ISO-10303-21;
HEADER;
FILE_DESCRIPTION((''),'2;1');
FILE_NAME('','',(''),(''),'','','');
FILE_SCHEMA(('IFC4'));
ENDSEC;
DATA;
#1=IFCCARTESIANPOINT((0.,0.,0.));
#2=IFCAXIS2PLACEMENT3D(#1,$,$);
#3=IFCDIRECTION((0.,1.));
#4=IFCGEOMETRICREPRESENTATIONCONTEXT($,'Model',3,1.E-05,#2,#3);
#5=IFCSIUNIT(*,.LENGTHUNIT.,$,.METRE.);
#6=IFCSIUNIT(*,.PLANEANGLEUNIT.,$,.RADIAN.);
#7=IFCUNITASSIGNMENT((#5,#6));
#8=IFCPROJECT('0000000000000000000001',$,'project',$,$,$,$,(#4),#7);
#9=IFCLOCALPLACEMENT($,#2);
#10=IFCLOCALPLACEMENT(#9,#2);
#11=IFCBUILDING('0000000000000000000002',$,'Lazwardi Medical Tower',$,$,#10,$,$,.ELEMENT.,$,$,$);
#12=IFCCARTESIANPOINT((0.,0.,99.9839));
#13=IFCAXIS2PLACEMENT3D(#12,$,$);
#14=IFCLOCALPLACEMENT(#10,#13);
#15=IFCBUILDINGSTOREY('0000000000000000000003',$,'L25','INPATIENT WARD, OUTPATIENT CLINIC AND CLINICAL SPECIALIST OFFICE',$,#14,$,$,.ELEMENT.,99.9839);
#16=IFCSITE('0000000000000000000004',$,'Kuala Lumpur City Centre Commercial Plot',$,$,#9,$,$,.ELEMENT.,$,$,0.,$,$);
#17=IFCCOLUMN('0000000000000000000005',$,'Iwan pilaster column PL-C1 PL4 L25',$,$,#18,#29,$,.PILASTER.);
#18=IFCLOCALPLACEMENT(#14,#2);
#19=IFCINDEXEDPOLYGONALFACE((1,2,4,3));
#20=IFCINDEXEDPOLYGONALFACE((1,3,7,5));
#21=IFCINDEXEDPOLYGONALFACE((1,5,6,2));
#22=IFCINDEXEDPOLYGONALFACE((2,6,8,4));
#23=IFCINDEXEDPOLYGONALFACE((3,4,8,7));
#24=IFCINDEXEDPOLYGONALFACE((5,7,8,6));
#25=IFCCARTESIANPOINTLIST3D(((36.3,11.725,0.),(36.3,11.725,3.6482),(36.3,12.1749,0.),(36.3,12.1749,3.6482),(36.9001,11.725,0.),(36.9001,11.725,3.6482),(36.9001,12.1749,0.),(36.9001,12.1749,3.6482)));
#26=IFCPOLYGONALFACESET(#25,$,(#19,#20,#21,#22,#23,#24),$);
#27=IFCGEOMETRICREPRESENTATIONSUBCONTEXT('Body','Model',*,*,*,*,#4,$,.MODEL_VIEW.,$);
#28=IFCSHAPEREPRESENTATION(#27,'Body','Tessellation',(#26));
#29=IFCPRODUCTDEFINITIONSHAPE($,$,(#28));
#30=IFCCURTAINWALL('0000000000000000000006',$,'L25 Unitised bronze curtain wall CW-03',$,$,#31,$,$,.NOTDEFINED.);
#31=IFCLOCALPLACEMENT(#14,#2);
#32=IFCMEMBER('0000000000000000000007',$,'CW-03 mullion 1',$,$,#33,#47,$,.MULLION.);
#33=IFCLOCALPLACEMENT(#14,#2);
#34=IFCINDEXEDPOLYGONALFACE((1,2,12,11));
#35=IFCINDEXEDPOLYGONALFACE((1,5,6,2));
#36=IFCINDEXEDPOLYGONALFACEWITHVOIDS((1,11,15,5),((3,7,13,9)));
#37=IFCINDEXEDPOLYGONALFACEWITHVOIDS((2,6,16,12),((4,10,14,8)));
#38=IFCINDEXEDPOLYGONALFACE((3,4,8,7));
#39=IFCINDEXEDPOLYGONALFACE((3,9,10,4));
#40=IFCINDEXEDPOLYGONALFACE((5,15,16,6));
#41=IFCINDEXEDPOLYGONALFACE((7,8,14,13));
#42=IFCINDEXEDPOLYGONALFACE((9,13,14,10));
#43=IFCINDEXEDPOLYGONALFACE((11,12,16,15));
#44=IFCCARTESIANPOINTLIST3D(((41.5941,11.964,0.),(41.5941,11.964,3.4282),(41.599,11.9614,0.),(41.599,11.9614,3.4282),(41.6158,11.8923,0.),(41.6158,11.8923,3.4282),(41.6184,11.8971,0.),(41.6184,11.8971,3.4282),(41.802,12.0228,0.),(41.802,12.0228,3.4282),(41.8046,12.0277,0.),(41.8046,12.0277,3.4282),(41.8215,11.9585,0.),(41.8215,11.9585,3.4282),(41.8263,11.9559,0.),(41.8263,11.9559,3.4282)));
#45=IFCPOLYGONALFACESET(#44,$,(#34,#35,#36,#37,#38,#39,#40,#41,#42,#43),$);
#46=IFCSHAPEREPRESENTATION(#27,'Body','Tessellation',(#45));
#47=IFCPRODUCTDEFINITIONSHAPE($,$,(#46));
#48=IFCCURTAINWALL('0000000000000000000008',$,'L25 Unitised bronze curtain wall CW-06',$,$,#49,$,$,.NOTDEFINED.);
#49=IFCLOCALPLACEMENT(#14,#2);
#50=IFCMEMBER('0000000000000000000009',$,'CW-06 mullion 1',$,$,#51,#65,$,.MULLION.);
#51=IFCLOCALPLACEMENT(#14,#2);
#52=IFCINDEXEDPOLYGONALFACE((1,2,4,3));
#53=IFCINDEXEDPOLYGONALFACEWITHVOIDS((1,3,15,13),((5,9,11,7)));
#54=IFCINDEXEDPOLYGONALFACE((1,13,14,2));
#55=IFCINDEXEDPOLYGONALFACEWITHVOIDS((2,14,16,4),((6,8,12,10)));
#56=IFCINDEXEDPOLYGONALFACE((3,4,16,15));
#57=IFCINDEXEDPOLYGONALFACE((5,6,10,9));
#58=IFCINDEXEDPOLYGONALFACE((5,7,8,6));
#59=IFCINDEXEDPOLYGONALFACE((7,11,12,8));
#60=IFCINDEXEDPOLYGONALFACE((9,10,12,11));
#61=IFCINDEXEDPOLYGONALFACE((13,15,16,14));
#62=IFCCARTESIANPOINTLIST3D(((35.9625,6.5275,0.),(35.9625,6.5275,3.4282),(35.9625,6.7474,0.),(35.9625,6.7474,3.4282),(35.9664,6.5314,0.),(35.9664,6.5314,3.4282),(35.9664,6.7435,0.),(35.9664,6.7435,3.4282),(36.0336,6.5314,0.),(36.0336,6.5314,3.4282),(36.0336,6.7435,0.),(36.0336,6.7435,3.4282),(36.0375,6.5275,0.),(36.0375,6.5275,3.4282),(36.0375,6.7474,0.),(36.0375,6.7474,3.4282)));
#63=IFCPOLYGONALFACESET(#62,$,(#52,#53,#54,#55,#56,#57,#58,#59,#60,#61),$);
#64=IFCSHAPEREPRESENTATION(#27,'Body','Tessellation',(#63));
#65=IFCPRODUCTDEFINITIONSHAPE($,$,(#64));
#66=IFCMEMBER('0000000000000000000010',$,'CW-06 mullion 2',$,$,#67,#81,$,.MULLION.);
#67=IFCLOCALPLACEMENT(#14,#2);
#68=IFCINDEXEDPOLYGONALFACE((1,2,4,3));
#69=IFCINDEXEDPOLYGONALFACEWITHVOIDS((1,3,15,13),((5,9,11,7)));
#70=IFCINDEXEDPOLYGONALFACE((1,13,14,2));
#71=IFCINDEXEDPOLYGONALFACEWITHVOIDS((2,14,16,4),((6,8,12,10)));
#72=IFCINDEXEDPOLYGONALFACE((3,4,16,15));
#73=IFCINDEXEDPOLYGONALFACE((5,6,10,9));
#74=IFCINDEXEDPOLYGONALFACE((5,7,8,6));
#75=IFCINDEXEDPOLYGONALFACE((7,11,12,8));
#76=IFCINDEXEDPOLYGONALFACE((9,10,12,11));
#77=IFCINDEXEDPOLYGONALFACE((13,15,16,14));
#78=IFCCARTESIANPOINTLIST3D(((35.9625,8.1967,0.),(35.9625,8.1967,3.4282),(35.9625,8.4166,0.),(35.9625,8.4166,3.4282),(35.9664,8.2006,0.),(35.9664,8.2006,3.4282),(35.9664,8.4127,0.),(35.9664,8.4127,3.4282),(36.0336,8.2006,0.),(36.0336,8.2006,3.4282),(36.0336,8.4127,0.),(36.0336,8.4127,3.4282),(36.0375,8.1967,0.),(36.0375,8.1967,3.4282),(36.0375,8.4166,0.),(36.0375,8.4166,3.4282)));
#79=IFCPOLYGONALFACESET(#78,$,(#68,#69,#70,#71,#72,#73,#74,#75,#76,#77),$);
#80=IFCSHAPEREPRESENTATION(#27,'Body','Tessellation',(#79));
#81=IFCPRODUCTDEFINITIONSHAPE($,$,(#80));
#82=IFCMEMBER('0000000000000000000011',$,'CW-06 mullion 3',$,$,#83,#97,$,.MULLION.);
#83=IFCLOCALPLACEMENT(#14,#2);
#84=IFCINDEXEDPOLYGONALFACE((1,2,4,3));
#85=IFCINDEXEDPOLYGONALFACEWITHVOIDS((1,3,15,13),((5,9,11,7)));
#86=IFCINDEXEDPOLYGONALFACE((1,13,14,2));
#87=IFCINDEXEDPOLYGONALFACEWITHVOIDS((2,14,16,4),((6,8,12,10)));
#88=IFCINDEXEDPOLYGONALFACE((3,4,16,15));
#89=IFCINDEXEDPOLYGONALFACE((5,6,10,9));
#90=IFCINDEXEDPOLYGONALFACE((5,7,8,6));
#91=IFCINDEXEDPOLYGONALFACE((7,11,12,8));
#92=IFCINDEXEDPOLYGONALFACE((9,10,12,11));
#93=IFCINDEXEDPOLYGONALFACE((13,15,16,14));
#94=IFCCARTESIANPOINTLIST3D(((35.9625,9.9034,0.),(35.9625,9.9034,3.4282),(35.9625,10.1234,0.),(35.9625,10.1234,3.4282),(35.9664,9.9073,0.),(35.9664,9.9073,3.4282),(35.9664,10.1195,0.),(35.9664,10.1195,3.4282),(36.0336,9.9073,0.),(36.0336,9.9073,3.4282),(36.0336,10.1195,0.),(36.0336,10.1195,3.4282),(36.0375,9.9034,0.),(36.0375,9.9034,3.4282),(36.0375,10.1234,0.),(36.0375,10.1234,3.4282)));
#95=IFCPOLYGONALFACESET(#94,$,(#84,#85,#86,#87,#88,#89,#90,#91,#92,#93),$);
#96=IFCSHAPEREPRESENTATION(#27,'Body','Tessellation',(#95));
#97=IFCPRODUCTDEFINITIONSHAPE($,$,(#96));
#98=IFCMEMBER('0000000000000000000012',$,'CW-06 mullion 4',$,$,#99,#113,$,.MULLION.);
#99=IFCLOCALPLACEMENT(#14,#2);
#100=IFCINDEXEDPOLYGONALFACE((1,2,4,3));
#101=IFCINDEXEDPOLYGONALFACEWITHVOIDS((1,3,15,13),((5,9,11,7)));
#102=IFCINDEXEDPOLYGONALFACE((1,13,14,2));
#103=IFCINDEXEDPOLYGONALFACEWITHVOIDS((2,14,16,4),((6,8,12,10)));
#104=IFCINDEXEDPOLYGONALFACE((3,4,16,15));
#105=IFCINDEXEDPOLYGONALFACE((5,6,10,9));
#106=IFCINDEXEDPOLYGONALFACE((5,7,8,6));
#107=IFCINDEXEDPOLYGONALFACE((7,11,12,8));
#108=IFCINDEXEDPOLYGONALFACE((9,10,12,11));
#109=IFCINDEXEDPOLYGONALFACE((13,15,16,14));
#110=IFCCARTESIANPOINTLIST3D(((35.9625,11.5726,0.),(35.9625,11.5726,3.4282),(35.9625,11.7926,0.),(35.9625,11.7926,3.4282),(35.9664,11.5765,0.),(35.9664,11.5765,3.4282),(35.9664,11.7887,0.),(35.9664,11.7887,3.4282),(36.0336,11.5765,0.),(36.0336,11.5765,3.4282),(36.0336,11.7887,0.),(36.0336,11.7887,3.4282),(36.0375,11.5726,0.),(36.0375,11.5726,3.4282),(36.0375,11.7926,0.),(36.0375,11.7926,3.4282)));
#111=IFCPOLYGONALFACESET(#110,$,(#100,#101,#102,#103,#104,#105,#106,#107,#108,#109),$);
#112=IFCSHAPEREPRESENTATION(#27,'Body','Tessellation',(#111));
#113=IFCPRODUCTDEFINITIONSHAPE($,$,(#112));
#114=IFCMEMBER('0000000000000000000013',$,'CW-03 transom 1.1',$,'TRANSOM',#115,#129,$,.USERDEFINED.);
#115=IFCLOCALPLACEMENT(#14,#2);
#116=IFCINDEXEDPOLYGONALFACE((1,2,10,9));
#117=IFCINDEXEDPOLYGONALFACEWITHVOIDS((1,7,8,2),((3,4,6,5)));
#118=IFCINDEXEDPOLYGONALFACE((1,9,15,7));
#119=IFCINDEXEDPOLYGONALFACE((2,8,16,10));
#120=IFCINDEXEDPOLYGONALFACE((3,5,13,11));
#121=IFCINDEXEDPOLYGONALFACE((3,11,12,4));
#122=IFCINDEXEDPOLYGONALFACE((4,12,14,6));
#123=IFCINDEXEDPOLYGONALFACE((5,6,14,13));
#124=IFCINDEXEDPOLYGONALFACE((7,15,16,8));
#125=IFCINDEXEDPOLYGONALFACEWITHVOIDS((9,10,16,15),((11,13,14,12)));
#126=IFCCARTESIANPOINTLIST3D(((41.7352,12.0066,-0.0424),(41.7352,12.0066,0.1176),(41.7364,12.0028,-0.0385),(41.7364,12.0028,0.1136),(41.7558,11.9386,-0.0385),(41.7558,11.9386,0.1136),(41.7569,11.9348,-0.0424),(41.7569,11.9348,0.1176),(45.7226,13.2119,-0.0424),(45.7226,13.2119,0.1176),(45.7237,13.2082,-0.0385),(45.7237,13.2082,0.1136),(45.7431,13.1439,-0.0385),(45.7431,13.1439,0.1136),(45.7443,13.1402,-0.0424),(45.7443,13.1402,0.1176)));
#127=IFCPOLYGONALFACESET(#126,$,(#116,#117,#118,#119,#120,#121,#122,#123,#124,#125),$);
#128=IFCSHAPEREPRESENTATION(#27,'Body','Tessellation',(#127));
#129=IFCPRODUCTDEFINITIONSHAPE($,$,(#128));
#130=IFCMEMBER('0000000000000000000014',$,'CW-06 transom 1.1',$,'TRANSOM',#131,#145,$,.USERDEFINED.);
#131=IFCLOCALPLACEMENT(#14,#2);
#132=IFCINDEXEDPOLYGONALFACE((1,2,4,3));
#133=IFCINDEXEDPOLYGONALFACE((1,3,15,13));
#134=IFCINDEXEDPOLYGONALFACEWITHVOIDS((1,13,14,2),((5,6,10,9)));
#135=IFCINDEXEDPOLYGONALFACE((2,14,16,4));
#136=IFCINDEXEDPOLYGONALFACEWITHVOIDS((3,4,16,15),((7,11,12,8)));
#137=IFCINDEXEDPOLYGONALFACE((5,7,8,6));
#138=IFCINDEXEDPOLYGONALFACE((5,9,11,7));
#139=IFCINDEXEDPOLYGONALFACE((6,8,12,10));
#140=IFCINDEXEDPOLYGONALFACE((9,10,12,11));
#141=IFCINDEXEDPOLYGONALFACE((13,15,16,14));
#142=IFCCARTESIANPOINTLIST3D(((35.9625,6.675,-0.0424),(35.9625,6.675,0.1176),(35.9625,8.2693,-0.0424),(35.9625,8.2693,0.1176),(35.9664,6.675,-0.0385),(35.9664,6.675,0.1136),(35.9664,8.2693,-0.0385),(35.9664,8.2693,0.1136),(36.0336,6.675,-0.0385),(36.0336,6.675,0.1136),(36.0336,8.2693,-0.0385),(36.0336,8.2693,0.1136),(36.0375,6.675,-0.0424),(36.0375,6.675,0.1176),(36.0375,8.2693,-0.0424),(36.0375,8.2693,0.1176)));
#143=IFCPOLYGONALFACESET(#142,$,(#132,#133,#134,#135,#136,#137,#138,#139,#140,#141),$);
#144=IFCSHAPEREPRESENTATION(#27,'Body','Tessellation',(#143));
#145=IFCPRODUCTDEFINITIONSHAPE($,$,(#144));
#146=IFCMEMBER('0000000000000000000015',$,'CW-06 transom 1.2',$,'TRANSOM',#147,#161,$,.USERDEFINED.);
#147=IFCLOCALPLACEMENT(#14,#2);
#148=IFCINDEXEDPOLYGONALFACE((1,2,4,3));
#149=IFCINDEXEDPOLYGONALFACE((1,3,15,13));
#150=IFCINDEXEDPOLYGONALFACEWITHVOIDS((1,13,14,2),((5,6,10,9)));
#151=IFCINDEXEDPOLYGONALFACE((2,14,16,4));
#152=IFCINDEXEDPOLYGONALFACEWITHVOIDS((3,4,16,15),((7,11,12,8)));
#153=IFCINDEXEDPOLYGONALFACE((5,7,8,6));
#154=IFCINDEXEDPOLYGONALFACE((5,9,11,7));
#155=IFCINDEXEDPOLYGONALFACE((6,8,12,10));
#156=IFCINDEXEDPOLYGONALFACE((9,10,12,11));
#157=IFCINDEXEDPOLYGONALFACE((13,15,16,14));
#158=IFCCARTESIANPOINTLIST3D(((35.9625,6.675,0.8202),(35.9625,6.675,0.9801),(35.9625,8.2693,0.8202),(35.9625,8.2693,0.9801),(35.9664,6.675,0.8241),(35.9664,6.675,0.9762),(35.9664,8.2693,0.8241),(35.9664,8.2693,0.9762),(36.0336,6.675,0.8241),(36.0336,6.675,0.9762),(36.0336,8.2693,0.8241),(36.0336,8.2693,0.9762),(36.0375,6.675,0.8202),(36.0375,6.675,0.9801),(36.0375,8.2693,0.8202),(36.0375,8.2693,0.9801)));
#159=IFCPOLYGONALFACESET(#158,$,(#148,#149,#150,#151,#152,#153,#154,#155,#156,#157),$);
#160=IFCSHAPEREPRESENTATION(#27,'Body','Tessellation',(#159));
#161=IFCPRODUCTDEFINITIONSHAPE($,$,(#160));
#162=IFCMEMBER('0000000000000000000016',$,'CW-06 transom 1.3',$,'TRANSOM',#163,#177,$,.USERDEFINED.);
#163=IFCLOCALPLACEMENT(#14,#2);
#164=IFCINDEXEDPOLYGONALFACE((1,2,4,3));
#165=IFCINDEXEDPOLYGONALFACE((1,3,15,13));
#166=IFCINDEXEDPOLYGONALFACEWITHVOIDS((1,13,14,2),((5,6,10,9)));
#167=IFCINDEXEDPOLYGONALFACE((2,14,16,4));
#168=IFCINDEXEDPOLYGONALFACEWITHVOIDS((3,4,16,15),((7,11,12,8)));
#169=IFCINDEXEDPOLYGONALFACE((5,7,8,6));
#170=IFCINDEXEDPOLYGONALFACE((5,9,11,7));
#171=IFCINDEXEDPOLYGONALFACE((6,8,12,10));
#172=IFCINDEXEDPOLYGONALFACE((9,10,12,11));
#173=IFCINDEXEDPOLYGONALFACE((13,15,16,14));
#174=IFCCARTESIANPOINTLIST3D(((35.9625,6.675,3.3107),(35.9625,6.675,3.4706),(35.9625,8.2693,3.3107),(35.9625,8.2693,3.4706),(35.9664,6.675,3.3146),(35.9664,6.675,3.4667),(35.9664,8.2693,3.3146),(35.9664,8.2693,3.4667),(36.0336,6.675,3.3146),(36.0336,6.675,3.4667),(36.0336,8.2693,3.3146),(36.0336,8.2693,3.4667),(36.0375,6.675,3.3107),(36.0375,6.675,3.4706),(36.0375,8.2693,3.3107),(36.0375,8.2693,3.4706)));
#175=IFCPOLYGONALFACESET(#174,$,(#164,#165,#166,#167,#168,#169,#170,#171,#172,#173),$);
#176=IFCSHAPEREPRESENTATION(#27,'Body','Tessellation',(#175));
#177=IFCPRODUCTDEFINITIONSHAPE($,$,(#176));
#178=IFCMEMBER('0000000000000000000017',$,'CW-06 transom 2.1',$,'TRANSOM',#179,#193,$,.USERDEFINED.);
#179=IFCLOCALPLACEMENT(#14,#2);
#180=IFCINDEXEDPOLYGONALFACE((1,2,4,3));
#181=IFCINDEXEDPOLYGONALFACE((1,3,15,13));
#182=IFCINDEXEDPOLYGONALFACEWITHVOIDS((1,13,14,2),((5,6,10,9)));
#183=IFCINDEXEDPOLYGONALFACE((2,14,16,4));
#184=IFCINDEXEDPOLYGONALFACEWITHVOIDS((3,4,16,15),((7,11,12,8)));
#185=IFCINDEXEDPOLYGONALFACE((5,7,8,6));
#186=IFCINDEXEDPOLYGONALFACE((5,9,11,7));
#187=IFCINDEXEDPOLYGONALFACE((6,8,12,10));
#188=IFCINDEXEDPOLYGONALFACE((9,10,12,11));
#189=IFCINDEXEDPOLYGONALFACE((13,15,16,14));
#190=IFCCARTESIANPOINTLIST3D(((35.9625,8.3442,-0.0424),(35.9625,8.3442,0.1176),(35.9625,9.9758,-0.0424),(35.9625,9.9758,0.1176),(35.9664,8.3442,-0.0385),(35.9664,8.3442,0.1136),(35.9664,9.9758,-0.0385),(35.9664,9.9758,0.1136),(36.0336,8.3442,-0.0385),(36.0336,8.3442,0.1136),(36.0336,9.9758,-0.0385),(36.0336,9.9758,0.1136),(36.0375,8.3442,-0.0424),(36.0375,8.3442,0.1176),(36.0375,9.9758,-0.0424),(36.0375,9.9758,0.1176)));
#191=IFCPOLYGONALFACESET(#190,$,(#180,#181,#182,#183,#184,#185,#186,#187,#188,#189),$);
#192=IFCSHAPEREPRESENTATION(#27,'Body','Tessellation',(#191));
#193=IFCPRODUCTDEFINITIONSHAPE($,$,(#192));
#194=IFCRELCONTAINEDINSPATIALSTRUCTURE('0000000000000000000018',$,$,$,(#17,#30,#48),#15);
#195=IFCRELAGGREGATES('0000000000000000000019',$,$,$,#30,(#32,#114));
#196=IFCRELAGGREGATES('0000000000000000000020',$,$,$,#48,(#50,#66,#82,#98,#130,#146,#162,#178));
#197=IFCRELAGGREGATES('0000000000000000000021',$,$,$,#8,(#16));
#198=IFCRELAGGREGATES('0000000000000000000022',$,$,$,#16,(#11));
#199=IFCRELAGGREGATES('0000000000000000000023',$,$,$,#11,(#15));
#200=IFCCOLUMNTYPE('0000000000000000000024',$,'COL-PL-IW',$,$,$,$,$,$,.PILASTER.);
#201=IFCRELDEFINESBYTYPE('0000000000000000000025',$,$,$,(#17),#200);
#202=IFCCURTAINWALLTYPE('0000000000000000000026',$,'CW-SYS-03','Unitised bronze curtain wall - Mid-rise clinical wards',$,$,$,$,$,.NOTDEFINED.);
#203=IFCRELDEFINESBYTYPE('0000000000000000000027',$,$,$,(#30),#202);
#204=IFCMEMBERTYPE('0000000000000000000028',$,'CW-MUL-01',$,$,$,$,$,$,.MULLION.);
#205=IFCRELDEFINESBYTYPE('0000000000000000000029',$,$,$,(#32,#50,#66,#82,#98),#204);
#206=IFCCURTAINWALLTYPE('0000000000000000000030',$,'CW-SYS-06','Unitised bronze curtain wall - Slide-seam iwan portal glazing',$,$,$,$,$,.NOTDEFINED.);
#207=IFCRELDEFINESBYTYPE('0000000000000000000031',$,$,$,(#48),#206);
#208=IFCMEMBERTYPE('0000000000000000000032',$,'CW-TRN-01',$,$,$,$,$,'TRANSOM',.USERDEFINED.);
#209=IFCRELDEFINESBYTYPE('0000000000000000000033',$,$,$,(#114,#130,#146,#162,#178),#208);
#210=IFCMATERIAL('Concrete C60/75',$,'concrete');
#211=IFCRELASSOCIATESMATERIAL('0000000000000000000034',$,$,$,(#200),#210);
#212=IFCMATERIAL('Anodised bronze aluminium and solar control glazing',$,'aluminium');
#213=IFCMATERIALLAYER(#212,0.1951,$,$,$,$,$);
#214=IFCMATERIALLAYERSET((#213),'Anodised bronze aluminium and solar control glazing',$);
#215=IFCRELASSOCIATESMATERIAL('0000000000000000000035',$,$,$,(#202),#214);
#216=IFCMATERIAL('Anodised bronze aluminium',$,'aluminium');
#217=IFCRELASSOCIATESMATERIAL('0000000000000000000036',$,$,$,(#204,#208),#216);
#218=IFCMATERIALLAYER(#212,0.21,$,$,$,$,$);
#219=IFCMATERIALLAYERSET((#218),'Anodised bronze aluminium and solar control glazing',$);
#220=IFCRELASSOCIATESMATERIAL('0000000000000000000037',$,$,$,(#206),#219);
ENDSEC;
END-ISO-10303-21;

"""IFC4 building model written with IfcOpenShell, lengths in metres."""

from ifc_helpers import new_model, si_unit, direction, frame, origin, origin_2d, place, context, subcontext, project, spatial, rectangle, hollow_rectangle, extrude, material, layer, layer_set, material_profile, profile_set, type_object, element, aggregate, save


model = new_model("IFC4")

# Units and contexts
model_context = context("Model", 3, precision=1e-05, world=origin(), true_north=direction((0.0, 1.0)))
body_context = subcontext(model_context, "Body", "Model", "MODEL_VIEW")
ifc_project = project(units=[si_unit("LENGTHUNIT", "METRE"), si_unit("PLANEANGLEUNIT", "RADIAN")], contexts=[model_context])

# Site, building, storey
site_placement = place(None, origin())
site = spatial("IfcSite", under=ifc_project, at=site_placement, Name="Kuala Lumpur City Centre Commercial Plot", CompositionType="ELEMENT", RefElevation=0.0)
building_placement = place(site_placement, origin())
building = spatial("IfcBuilding", under=site, at=building_placement, Name="Lazwardi Medical Tower", CompositionType="ELEMENT")
storey_placement = place(building_placement, frame((0.0, 0.0, 99.9839)))
storey = spatial("IfcBuildingStorey", under=building, at=storey_placement, Name="L25", Description="INPATIENT WARD, OUTPATIENT CLINIC AND CLINICAL SPECIALIST OFFICE", CompositionType="ELEMENT", Elevation=99.9839)

# Column
ifc_material_1 = material(Name="Concrete C60/75", Category="concrete")
ifc_material_profile_1 = material_profile(ifc_material_1, rectangle(XDim=0.6001, YDim=0.45, at=origin_2d()), Name="RC 600x450")
ifc_profile_set_1 = profile_set([ifc_material_profile_1], Name="Concrete C60/75")
column_type = type_object("IfcColumnType", Name="COL-PL-IW", PredefinedType="PILASTER", material=ifc_profile_set_1)
column_placement = place(storey_placement, frame((36.6001, 11.95, 0.0), z_axis=(0.0, 0.0, 1.0), x_axis=(1.0, 0.0, 0.0)))
element("IfcColumn", 1, at=column_placement, inside=storey, type_object=column_type, Name="Iwan pilaster column PL-C1 PL4 L25", PredefinedType="PILASTER", context=body_context, shape_type="SweptSolid", body=[
    extrude(rectangle(XDim=0.6001, YDim=0.45, at=origin_2d()), origin(), (0.0, 0.0, 1.0), 3.6482),
])

# Curtain wall, member
ifc_material_2 = material(Name="Anodised bronze aluminium and solar control glazing", Category="aluminium")
ifc_layer_1 = layer(ifc_material_2, 0.1951)
ifc_layer_set_1 = layer_set([ifc_layer_1], Name="Anodised bronze aluminium and solar control glazing")
curtain_wall_type_1 = type_object("IfcCurtainWallType", Name="CW-SYS-03", Description="Unitised bronze curtain wall - Mid-rise clinical wards", PredefinedType="NOTDEFINED", material=ifc_layer_set_1)
curtain_wall_1_placement = place(storey_placement, origin())
curtain_wall_1 = element("IfcCurtainWall", 2, at=curtain_wall_1_placement, inside=storey, type_object=curtain_wall_type_1, Name="L25 Unitised bronze curtain wall CW-03", PredefinedType="NOTDEFINED")
ifc_material_3 = material(Name="Anodised bronze aluminium", Category="aluminium")
ifc_material_profile_2 = material_profile(ifc_material_3, hollow_rectangle(XDim=0.075, YDim=0.22, WallThickness=0.0039, at=origin_2d()), Name="ALU-MULLION 220x75x4")
ifc_profile_set_2 = profile_set([ifc_material_profile_2], Name="Anodised bronze aluminium")
member_type_1 = type_object("IfcMemberType", Name="CW-MUL-01", PredefinedType="MULLION", material=ifc_profile_set_2)
member_1_placement = place(storey_placement, frame((41.7102, 11.96, 0.0), z_axis=(0.0, 0.0, 1.0), x_axis=(-0.289374, 0.957216, 0.0)))
member_1 = element("IfcMember", 3, at=member_1_placement, type_object=member_type_1, Name="CW-03 mullion 1", PredefinedType="MULLION", context=body_context, shape_type="SweptSolid", body=[
    extrude(hollow_rectangle(XDim=0.075, YDim=0.22, WallThickness=0.0039, at=origin_2d()), origin(), (0.0, 0.0, 1.0), 3.4282),
])

# Curtain wall, members
ifc_layer_2 = layer(ifc_material_2, 0.21)
ifc_layer_set_2 = layer_set([ifc_layer_2], Name="Anodised bronze aluminium and solar control glazing")
curtain_wall_type_2 = type_object("IfcCurtainWallType", Name="CW-SYS-06", Description="Unitised bronze curtain wall - Slide-seam iwan portal glazing", PredefinedType="NOTDEFINED", material=ifc_layer_set_2)
curtain_wall_2_placement = place(storey_placement, origin())
curtain_wall_2 = element("IfcCurtainWall", 4, at=curtain_wall_2_placement, inside=storey, type_object=curtain_wall_type_2, Name="L25 Unitised bronze curtain wall CW-06", PredefinedType="NOTDEFINED")
member_2_placement = place(storey_placement, frame((36.0, 6.6375, 0.0), z_axis=(0.0, 0.0, 1.0), x_axis=(-1.0, 0.0, 0.0)))
member_2 = element("IfcMember", 5, at=member_2_placement, type_object=member_type_1, Name="CW-06 mullion 1", PredefinedType="MULLION", context=body_context, shape_type="SweptSolid", body=[
    extrude(hollow_rectangle(XDim=0.075, YDim=0.22, WallThickness=0.0039, at=origin_2d()), origin(), (0.0, 0.0, 1.0), 3.4282),
])
member_3_placement = place(storey_placement, frame((36.0, 8.3066, 0.0), z_axis=(0.0, 0.0, 1.0), x_axis=(-1.0, 0.0, 0.0)))
member_3 = element("IfcMember", 6, at=member_3_placement, type_object=member_type_1, Name="CW-06 mullion 2", PredefinedType="MULLION", context=body_context, shape_type="SweptSolid", body=[
    extrude(hollow_rectangle(XDim=0.075, YDim=0.22, WallThickness=0.0039, at=origin_2d()), origin(), (0.0, 0.0, 1.0), 3.4282),
])
member_4_placement = place(storey_placement, frame((36.0, 10.0134, 0.0), z_axis=(0.0, 0.0, 1.0), x_axis=(-1.0, 0.0, 0.0)))
member_4 = element("IfcMember", 7, at=member_4_placement, type_object=member_type_1, Name="CW-06 mullion 3", PredefinedType="MULLION", context=body_context, shape_type="SweptSolid", body=[
    extrude(hollow_rectangle(XDim=0.075, YDim=0.22, WallThickness=0.0039, at=origin_2d()), origin(), (0.0, 0.0, 1.0), 3.4282),
])
member_5_placement = place(storey_placement, frame((36.0, 11.6826, 0.0), z_axis=(0.0, 0.0, 1.0), x_axis=(-1.0, 0.0, 0.0)))
member_5 = element("IfcMember", 8, at=member_5_placement, type_object=member_type_1, Name="CW-06 mullion 4", PredefinedType="MULLION", context=body_context, shape_type="SweptSolid", body=[
    extrude(hollow_rectangle(XDim=0.075, YDim=0.22, WallThickness=0.0039, at=origin_2d()), origin(), (0.0, 0.0, 1.0), 3.4282),
])

# Members
ifc_material_profile_3 = material_profile(ifc_material_3, hollow_rectangle(XDim=0.075, YDim=0.1599, WallThickness=0.0039, at=origin_2d()), Name="ALU-TRANSOM 160x75x4")
ifc_profile_set_3 = profile_set([ifc_material_profile_3], Name="Anodised bronze aluminium")
member_type_2 = type_object("IfcMemberType", Name="CW-TRN-01", ElementType="TRANSOM", PredefinedType="USERDEFINED", material=ifc_profile_set_3)
member_6_placement = place(storey_placement, frame((41.7461, 11.9707, 0.0376), z_axis=(0.957221, 0.289358, 0.0), x_axis=(-0.289358, 0.957221, 0.0)))
member_6 = element("IfcMember", 9, at=member_6_placement, type_object=member_type_2, Name="CW-03 transom 1.1", ObjectType="TRANSOM", PredefinedType="USERDEFINED", context=body_context, shape_type="SweptSolid", body=[
    extrude(hollow_rectangle(XDim=0.075, YDim=0.1599, WallThickness=0.0039, at=origin_2d()), origin(), (0.0, 0.0, 1.0), 4.1655),
])
aggregate(curtain_wall_1, [member_1, member_6])
member_7_placement = place(storey_placement, frame((36.0, 6.675, 0.0376), z_axis=(0.0, 1.0, 0.0), x_axis=(-1.0, 0.0, 0.0)))
member_7 = element("IfcMember", 10, at=member_7_placement, type_object=member_type_2, Name="CW-06 transom 1.1", ObjectType="TRANSOM", PredefinedType="USERDEFINED", context=body_context, shape_type="SweptSolid", body=[
    extrude(hollow_rectangle(XDim=0.075, YDim=0.1599, WallThickness=0.0039, at=origin_2d()), origin(), (0.0, 0.0, 1.0), 1.5942),
])
member_8_placement = place(storey_placement, frame((36.0, 6.675, 0.9001), z_axis=(0.0, 1.0, 0.0), x_axis=(-1.0, 0.0, 0.0)))
member_8 = element("IfcMember", 11, at=member_8_placement, type_object=member_type_2, Name="CW-06 transom 1.2", ObjectType="TRANSOM", PredefinedType="USERDEFINED", context=body_context, shape_type="SweptSolid", body=[
    extrude(hollow_rectangle(XDim=0.075, YDim=0.1599, WallThickness=0.0039, at=origin_2d()), origin(), (0.0, 0.0, 1.0), 1.5942),
])
member_9_placement = place(storey_placement, frame((36.0, 6.675, 3.3906), z_axis=(0.0, 1.0, 0.0), x_axis=(-1.0, 0.0, 0.0)))
member_9 = element("IfcMember", 12, at=member_9_placement, type_object=member_type_2, Name="CW-06 transom 1.3", ObjectType="TRANSOM", PredefinedType="USERDEFINED", context=body_context, shape_type="SweptSolid", body=[
    extrude(hollow_rectangle(XDim=0.075, YDim=0.1599, WallThickness=0.0039, at=origin_2d()), origin(), (0.0, 0.0, 1.0), 1.5942),
])
member_10_placement = place(storey_placement, frame((36.0, 8.3442, 0.0376), z_axis=(0.0, 1.0, 0.0), x_axis=(-1.0, 0.0, 0.0)))
member_10 = element("IfcMember", 13, at=member_10_placement, type_object=member_type_2, Name="CW-06 transom 2.1", ObjectType="TRANSOM", PredefinedType="USERDEFINED", context=body_context, shape_type="SweptSolid", body=[
    extrude(hollow_rectangle(XDim=0.075, YDim=0.1599, WallThickness=0.0039, at=origin_2d()), origin(), (0.0, 0.0, 1.0), 1.6316),
])

aggregate(curtain_wall_2, [member_2, member_3, member_4, member_5, member_7, member_8, member_9, member_10])

save(model, "model.ifc")
